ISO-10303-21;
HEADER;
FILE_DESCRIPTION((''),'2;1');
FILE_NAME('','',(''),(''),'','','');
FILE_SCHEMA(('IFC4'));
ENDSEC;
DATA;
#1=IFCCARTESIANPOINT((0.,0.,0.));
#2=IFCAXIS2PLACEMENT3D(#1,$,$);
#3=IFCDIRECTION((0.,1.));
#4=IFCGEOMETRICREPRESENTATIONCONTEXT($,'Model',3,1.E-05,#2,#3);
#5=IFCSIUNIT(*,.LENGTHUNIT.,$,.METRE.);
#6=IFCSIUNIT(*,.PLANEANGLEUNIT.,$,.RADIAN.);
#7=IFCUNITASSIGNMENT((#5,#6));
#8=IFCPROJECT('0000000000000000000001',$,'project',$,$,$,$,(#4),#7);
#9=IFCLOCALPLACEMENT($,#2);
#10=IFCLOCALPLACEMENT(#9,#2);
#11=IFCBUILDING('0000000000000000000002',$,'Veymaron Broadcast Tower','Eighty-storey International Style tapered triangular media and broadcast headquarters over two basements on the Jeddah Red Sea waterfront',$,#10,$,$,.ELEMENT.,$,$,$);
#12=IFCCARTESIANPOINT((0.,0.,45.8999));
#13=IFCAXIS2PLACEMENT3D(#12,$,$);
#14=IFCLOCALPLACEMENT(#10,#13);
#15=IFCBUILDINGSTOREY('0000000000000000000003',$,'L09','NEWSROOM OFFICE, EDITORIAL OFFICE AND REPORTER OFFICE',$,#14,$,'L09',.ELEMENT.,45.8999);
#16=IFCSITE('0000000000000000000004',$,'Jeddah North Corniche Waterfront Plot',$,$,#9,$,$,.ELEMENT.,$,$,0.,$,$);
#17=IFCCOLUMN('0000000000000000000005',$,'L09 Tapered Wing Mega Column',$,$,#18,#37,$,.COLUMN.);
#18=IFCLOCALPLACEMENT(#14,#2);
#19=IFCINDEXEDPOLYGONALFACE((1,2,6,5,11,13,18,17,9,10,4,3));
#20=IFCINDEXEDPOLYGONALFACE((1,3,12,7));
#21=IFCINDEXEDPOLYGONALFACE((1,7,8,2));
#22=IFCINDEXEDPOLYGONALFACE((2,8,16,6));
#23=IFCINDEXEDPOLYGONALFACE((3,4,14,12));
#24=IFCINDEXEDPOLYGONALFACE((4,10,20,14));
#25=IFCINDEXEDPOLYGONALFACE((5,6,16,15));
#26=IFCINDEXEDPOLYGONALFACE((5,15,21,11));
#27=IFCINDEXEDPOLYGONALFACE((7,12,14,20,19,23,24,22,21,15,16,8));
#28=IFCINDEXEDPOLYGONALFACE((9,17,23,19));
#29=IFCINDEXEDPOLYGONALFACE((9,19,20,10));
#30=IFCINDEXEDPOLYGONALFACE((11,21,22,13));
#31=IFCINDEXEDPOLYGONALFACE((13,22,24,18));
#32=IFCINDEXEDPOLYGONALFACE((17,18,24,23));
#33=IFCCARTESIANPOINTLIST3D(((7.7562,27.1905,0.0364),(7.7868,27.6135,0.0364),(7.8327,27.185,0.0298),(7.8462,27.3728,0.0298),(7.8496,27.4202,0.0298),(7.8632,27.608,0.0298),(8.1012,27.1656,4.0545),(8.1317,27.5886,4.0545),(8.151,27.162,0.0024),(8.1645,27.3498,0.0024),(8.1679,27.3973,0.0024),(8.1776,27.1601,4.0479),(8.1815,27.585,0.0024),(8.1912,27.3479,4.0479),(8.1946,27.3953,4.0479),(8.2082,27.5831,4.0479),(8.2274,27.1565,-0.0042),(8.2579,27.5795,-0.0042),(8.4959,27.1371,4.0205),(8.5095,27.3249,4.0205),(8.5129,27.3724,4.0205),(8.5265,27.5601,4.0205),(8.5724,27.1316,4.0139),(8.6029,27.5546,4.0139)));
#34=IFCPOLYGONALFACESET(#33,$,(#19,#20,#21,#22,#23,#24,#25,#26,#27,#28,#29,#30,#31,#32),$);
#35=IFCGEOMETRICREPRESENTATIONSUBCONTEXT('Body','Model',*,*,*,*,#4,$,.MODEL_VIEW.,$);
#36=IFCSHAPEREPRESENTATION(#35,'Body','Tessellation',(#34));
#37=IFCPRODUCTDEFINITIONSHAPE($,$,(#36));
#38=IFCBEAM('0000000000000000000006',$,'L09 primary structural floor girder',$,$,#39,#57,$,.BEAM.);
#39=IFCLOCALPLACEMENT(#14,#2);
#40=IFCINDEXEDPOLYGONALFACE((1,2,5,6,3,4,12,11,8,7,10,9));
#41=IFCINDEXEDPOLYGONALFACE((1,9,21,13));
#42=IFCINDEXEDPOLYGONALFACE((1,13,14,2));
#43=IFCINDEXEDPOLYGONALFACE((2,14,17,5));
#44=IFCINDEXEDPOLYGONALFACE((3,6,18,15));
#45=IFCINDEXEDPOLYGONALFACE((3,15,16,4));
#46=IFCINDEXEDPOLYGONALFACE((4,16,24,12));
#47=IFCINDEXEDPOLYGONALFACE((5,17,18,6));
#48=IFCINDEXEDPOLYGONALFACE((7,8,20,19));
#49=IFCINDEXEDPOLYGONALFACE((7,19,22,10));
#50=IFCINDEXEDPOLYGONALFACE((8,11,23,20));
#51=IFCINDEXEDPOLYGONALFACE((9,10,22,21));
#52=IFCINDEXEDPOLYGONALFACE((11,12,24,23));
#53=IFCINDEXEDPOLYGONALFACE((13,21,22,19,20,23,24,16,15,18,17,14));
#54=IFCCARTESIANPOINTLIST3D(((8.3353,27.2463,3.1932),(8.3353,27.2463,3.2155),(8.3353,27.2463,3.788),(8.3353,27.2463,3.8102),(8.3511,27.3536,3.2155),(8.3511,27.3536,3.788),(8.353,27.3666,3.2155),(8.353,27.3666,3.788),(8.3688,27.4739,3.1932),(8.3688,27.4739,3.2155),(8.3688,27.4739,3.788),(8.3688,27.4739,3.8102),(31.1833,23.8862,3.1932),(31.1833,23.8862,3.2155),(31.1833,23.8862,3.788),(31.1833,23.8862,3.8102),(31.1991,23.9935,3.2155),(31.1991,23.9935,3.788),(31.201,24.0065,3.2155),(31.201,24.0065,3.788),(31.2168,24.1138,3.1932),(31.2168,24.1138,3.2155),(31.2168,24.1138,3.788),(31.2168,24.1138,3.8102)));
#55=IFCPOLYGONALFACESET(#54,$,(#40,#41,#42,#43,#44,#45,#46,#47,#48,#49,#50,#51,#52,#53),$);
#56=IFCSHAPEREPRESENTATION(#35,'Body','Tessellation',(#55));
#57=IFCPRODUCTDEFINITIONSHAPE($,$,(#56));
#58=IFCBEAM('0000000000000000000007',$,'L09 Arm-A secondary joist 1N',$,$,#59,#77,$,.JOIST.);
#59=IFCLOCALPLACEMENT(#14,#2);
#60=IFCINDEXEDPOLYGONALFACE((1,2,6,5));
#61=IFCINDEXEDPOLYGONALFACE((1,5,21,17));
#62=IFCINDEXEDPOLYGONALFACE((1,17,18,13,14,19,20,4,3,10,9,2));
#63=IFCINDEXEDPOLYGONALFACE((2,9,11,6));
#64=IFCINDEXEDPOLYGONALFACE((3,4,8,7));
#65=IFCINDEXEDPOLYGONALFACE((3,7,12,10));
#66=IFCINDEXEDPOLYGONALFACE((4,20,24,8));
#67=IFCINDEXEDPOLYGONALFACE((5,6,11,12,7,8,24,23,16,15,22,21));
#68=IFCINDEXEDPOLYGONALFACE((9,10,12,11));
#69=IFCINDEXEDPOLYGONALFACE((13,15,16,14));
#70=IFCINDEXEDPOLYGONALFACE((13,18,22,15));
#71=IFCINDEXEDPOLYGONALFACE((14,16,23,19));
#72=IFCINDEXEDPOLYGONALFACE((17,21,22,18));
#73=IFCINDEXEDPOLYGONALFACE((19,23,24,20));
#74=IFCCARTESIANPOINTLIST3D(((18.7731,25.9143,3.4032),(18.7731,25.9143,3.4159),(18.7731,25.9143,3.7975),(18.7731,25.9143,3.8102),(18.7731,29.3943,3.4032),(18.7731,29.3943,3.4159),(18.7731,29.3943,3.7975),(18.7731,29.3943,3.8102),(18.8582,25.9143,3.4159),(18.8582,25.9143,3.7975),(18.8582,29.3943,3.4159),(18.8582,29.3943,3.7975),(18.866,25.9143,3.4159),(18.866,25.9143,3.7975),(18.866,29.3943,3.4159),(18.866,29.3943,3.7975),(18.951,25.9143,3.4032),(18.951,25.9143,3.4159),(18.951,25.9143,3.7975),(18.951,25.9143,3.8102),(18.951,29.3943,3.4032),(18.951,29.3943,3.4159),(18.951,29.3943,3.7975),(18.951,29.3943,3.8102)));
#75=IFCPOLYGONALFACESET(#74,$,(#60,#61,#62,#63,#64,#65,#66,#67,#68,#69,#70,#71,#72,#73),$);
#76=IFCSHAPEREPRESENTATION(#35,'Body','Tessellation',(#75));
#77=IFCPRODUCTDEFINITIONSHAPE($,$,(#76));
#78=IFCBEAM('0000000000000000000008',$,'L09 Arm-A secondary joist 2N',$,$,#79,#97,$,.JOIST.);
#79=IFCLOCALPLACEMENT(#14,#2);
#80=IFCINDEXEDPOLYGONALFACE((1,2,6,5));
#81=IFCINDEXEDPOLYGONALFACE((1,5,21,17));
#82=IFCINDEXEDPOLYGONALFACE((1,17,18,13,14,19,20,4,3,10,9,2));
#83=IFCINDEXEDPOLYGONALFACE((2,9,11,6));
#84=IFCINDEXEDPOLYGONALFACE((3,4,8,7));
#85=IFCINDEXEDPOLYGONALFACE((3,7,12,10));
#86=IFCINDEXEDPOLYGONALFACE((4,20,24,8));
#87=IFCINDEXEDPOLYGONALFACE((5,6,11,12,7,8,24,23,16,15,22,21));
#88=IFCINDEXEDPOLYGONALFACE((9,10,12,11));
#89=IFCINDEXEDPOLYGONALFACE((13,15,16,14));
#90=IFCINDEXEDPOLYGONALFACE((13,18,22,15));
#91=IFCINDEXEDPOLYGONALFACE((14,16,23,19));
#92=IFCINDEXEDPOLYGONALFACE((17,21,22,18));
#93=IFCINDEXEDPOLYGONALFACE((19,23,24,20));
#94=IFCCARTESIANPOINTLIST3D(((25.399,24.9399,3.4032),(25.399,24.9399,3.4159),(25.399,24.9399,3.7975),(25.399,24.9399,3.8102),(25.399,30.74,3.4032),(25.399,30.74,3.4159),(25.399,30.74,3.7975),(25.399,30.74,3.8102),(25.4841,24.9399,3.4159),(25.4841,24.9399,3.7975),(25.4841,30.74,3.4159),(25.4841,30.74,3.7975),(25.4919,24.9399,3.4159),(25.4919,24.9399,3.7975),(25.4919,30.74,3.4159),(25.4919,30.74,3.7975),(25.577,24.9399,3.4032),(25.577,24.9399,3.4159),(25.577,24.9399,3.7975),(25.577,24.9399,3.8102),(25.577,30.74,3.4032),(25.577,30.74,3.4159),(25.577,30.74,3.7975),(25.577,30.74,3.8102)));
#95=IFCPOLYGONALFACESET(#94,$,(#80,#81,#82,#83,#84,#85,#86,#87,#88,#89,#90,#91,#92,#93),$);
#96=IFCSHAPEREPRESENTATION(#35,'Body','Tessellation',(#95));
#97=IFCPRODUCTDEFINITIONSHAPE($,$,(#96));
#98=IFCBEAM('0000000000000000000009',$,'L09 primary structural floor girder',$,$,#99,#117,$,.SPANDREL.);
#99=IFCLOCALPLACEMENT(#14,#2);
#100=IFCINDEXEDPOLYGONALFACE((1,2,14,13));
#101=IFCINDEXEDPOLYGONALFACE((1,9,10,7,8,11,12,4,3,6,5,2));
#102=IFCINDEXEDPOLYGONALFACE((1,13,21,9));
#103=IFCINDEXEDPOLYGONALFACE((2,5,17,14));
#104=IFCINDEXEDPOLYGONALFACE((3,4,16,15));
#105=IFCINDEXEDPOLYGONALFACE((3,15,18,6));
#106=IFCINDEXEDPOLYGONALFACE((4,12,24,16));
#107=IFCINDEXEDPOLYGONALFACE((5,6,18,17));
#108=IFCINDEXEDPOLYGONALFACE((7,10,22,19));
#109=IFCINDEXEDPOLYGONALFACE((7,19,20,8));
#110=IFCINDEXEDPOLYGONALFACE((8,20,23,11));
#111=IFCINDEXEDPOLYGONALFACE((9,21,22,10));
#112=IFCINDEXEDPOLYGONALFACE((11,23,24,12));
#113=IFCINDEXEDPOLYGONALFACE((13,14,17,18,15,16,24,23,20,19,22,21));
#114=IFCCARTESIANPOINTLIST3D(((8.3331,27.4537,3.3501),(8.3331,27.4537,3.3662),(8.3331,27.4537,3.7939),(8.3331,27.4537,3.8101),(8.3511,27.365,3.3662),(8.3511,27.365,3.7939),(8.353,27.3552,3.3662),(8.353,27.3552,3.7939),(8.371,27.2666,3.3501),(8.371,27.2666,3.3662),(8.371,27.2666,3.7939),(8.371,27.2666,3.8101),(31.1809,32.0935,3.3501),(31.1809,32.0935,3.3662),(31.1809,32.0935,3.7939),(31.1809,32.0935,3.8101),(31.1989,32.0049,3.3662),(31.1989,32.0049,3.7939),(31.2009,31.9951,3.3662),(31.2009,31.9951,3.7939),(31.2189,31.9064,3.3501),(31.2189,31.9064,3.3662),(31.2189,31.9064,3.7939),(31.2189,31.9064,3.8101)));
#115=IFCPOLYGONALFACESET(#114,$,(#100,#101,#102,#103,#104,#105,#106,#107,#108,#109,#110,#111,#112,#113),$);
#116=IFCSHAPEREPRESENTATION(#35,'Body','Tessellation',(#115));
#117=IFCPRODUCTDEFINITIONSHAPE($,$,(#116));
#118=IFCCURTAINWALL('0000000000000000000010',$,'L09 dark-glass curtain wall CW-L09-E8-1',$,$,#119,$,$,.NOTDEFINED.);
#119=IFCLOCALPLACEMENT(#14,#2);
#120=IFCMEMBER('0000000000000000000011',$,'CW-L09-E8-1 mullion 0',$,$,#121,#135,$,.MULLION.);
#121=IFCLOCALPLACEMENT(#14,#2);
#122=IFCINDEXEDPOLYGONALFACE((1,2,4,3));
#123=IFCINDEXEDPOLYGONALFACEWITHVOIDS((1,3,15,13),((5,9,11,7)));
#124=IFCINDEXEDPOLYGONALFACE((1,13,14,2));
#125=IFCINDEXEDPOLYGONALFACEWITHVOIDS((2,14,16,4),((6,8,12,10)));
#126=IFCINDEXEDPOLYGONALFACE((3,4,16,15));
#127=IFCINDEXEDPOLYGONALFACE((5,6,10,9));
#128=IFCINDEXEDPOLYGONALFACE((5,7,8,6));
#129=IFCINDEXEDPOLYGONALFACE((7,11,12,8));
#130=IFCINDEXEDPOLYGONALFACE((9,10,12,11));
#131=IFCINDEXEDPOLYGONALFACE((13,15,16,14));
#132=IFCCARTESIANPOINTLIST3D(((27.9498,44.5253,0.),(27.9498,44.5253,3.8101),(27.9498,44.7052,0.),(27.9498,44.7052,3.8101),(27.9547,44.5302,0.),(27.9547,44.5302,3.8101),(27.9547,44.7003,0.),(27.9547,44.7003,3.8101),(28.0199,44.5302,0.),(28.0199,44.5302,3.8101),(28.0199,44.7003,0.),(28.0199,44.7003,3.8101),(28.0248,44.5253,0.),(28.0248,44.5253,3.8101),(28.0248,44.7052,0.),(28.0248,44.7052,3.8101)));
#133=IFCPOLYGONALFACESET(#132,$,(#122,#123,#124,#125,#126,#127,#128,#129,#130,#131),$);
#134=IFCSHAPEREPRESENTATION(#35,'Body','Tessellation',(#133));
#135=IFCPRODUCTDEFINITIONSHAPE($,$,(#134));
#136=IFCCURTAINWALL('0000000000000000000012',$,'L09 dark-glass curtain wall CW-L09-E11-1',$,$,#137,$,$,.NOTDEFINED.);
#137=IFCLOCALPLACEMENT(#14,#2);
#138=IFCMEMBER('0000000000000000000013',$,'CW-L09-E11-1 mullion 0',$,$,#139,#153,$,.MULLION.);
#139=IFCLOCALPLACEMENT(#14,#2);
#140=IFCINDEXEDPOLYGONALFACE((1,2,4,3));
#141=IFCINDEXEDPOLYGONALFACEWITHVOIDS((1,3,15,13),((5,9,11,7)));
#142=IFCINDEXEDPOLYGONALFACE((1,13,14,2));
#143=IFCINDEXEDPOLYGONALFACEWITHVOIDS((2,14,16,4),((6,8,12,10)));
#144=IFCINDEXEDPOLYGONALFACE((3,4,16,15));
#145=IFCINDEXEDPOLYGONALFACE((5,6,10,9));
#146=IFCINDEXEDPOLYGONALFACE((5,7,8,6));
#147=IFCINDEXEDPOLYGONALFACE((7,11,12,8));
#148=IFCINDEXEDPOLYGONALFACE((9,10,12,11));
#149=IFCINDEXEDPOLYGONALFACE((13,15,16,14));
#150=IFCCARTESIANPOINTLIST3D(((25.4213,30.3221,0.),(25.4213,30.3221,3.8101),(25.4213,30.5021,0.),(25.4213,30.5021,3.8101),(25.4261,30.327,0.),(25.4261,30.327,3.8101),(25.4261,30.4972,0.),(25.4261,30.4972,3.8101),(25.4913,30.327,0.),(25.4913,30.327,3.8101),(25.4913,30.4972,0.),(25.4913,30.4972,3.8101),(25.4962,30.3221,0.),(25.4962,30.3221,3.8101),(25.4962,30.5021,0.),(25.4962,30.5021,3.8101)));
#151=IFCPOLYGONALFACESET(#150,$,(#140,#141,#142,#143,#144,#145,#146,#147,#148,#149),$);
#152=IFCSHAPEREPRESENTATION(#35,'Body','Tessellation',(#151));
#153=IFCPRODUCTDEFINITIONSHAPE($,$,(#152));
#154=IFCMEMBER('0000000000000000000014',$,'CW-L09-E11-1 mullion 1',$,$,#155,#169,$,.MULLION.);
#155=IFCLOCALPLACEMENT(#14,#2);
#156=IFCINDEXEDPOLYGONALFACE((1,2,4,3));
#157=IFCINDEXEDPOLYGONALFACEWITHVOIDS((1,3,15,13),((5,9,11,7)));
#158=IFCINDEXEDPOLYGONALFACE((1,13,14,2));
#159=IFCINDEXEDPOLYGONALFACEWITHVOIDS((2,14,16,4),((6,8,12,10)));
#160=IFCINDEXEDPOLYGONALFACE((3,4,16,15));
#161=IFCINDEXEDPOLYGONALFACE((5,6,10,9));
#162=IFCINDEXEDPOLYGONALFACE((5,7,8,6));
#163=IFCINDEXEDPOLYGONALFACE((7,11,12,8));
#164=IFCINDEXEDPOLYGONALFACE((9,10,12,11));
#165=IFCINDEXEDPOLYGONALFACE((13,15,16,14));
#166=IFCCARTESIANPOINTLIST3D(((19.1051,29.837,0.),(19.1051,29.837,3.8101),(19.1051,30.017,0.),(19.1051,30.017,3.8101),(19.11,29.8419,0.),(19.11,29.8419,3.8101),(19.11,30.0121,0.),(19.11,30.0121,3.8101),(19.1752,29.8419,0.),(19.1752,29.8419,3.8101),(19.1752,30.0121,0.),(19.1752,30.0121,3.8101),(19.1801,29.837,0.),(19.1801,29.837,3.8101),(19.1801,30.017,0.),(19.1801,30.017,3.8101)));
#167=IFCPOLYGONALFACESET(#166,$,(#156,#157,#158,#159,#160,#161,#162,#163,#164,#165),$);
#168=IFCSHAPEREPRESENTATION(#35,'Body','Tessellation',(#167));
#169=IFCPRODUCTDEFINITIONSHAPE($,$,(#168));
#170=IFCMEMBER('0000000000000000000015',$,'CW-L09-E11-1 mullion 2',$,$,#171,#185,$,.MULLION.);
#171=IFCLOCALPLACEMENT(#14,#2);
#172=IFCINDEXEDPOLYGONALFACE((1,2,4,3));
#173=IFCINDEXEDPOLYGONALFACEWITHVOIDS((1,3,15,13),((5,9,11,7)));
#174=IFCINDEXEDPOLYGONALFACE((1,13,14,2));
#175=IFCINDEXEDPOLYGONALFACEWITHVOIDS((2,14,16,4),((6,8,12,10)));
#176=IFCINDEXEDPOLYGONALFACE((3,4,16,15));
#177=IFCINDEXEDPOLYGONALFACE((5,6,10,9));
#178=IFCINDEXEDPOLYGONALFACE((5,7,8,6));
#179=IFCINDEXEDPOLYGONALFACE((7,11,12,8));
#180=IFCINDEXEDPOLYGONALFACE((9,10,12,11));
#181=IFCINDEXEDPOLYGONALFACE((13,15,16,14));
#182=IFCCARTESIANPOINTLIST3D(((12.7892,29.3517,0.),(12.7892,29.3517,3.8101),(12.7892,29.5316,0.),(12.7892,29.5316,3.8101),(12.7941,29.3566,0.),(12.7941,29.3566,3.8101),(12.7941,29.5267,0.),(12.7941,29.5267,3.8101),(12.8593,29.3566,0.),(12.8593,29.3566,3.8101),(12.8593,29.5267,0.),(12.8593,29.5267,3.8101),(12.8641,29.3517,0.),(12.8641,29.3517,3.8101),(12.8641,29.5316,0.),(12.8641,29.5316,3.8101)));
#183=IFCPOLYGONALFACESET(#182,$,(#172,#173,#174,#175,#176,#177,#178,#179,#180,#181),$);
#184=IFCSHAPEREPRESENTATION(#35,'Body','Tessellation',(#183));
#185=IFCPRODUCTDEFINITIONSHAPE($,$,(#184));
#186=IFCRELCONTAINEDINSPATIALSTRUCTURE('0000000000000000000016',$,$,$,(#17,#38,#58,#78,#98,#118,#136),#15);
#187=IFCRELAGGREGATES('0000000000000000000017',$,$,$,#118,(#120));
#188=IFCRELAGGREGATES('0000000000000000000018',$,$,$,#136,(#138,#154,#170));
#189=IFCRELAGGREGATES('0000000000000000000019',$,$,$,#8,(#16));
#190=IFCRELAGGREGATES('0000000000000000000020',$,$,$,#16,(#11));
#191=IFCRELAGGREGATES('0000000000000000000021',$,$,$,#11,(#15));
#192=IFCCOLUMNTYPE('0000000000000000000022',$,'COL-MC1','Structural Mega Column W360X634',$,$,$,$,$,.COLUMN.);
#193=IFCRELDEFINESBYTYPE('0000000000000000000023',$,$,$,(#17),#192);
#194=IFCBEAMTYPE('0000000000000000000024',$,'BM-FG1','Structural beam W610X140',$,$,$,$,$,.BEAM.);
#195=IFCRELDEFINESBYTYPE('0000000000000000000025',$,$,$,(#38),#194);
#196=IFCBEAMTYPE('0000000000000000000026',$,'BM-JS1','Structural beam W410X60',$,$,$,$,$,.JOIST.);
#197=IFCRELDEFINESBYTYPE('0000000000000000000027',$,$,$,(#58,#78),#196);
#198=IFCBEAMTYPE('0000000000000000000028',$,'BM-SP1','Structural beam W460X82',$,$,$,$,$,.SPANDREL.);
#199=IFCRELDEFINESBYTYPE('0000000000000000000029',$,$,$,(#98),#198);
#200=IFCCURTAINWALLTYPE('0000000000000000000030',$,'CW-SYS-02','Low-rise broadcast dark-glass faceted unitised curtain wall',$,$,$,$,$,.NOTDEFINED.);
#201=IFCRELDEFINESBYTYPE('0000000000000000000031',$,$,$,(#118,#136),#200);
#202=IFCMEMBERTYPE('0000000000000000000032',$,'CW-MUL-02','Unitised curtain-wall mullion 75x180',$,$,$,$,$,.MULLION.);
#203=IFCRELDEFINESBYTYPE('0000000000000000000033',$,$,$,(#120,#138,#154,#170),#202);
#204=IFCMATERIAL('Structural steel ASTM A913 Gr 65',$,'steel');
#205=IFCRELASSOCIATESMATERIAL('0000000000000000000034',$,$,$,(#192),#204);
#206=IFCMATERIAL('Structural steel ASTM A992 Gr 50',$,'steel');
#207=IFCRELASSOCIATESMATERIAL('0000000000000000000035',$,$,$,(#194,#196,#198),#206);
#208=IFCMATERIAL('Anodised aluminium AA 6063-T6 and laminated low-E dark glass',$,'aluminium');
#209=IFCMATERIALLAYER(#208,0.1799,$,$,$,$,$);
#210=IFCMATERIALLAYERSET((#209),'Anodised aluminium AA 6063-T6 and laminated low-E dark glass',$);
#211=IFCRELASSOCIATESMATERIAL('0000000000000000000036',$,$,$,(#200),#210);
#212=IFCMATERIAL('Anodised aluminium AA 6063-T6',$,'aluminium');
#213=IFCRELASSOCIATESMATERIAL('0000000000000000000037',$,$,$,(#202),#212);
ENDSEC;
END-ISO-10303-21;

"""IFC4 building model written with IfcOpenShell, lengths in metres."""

from ifc_helpers import new_model, si_unit, direction, frame, origin, origin_2d, place, context, subcontext, project, spatial, hollow_rectangle, i_section, extrude, material, layer, layer_set, material_profile, profile_set, type_object, element, aggregate, save


model = new_model("IFC4")

# Units and contexts
model_context = context("Model", 3, precision=1e-05, world=origin(), true_north=direction((0.0, 1.0)))
body_context = subcontext(model_context, "Body", "Model", "MODEL_VIEW")
ifc_project = project(units=[si_unit("LENGTHUNIT", "METRE"), si_unit("PLANEANGLEUNIT", "RADIAN")], contexts=[model_context])

# Site, building, storey
site_placement = place(None, origin())
site = spatial("IfcSite", under=ifc_project, at=site_placement, Name="Jeddah North Corniche Waterfront Plot", CompositionType="ELEMENT", RefElevation=0.0)
building_placement = place(site_placement, origin())
building = spatial("IfcBuilding", under=site, at=building_placement, Name="Veymaron Broadcast Tower", Description="Eighty-storey International Style tapered triangular media and broadcast headquarters over two basements on the Jeddah Red Sea waterfront", CompositionType="ELEMENT")
storey_placement = place(building_placement, frame((0.0, 0.0, 45.8999)))
storey = spatial("IfcBuildingStorey", under=building, at=storey_placement, Name="L09", Description="NEWSROOM OFFICE, EDITORIAL OFFICE AND REPORTER OFFICE", LongName="L09", CompositionType="ELEMENT", Elevation=45.8999)

# Column
ifc_material_1 = material(Name="Structural steel ASTM A913 Gr 65", Category="steel")
ifc_material_profile_1 = material_profile(ifc_material_1, i_section(OverallWidth=0.4241, OverallDepth=0.4741, WebThickness=0.0476, FlangeThickness=0.0769, at=origin_2d()), Name="W360X634")
ifc_profile_set_1 = profile_set([ifc_material_profile_1], Name="Structural steel ASTM A913 Gr 65")
column_type = type_object("IfcColumnType", Name="COL-MC1", Description="Structural Mega Column W360X634", PredefinedType="COLUMN", material=ifc_profile_set_1)
column_placement = place(storey_placement, frame((8.0071, 27.385, 0.0161), z_axis=(0.085539, -0.006175, 0.996316), x_axis=(0.071999, 0.997405, 0.0)))
element("IfcColumn", 1, at=column_placement, inside=storey, type_object=column_type, Name="L09 Tapered Wing Mega Column", PredefinedType="COLUMN", context=body_context, shape_type="SweptSolid", body=[
    extrude(i_section(OverallWidth=0.4241, OverallDepth=0.4741, WebThickness=0.0476, FlangeThickness=0.0769, at=origin_2d()), origin(), (0.0, 0.0, 1.0), 4.033),
])

# Beams
ifc_material_2 = material(Name="Structural steel ASTM A992 Gr 50", Category="steel")
ifc_material_profile_2 = material_profile(ifc_material_2, i_section(OverallWidth=0.23, OverallDepth=0.6169, WebThickness=0.0132, FlangeThickness=0.0222, at=origin_2d()), Name="W610X140")
ifc_profile_set_2 = profile_set([ifc_material_profile_2], Name="Structural steel ASTM A992 Gr 50")
beam_type_1 = type_object("IfcBeamType", Name="BM-FG1", Description="Structural beam W610X140", PredefinedType="BEAM", material=ifc_profile_set_2)
beam_1_placement = place(storey_placement, frame((8.3521, 27.3601, 3.5017), z_axis=(0.989358, -0.145499, 0.0), x_axis=(0.145499, 0.989358, 0.0)))
element("IfcBeam", 2, at=beam_1_placement, inside=storey, type_object=beam_type_1, Name="L09 primary structural floor girder", PredefinedType="BEAM", context=body_context, shape_type="SweptSolid", body=[
    extrude(i_section(OverallWidth=0.23, OverallDepth=0.6169, WebThickness=0.0132, FlangeThickness=0.0222, at=origin_2d()), origin(), (0.0, 0.0, 1.0), 23.0938),
])
ifc_material_profile_3 = material_profile(ifc_material_2, i_section(OverallWidth=0.178, OverallDepth=0.407, WebThickness=0.0078, FlangeThickness=0.0127, at=origin_2d()), Name="W410X60")
ifc_profile_set_3 = profile_set([ifc_material_profile_3], Name="Structural steel ASTM A992 Gr 50")
beam_type_2 = type_object("IfcBeamType", Name="BM-JS1", Description="Structural beam W410X60", PredefinedType="JOIST", material=ifc_profile_set_3)
beam_2_placement = place(storey_placement, frame((18.8621, 25.9143, 3.6067), z_axis=(0.0, 1.0, 0.0), x_axis=(-1.0, 0.0, 0.0)))
element("IfcBeam", 3, at=beam_2_placement, inside=storey, type_object=beam_type_2, Name="L09 Arm-A secondary joist 1N", PredefinedType="JOIST", context=body_context, shape_type="SweptSolid", body=[
    extrude(i_section(OverallWidth=0.178, OverallDepth=0.407, WebThickness=0.0078, FlangeThickness=0.0127, at=origin_2d()), origin(), (0.0, 0.0, 1.0), 3.48),
])
beam_3_placement = place(storey_placement, frame((25.488, 24.9399, 3.6067), z_axis=(0.0, 1.0, 0.0), x_axis=(-1.0, 0.0, 0.0)))
element("IfcBeam", 4, at=beam_3_placement, inside=storey, type_object=beam_type_2, Name="L09 Arm-A secondary joist 2N", PredefinedType="JOIST", context=body_context, shape_type="SweptSolid", body=[
    extrude(i_section(OverallWidth=0.178, OverallDepth=0.407, WebThickness=0.0078, FlangeThickness=0.0127, at=origin_2d()), origin(), (0.0, 0.0, 1.0), 5.8),
])
ifc_material_profile_4 = material_profile(ifc_material_2, i_section(OverallWidth=0.1909, OverallDepth=0.46, WebThickness=0.01, FlangeThickness=0.0161, at=origin_2d()), Name="W460X82")
ifc_profile_set_4 = profile_set([ifc_material_profile_4], Name="Structural steel ASTM A992 Gr 50")
beam_type_3 = type_object("IfcBeamType", Name="BM-SP1", Description="Structural beam W460X82", PredefinedType="SPANDREL", material=ifc_profile_set_4)
beam_4_placement = place(storey_placement, frame((8.3521, 27.3601, 3.5801), z_axis=(0.979996, 0.199015, 0.0), x_axis=(-0.199015, 0.979996, 0.0)))
element("IfcBeam", 5, at=beam_4_placement, inside=storey, type_object=beam_type_3, Name="L09 primary structural floor girder", PredefinedType="SPANDREL", context=body_context, shape_type="SweptSolid", body=[
    extrude(i_section(OverallWidth=0.1909, OverallDepth=0.46, WebThickness=0.01, FlangeThickness=0.0161, at=origin_2d()), origin(), (0.0, 0.0, 1.0), 23.3142),
])

# Curtain wall, member
ifc_material_3 = material(Name="Anodised aluminium AA 6063-T6 and laminated low-E dark glass", Category="aluminium")
ifc_layer_1 = layer(ifc_material_3, 0.1799)
ifc_layer_set_1 = layer_set([ifc_layer_1], Name="Anodised aluminium AA 6063-T6 and laminated low-E dark glass")
curtain_wall_type = type_object("IfcCurtainWallType", Name="CW-SYS-02", Description="Low-rise broadcast dark-glass faceted unitised curtain wall", PredefinedType="NOTDEFINED", material=ifc_layer_set_1)
curtain_wall_1_placement = place(storey_placement, origin())
curtain_wall_1 = element("IfcCurtainWall", 6, at=curtain_wall_1_placement, inside=storey, type_object=curtain_wall_type, Name="L09 dark-glass curtain wall CW-L09-E8-1", PredefinedType="NOTDEFINED")
ifc_material_4 = material(Name="Anodised aluminium AA 6063-T6", Category="aluminium")
ifc_material_profile_5 = material_profile(ifc_material_4, hollow_rectangle(XDim=0.075, YDim=0.1799, WallThickness=0.0049, at=origin_2d()), Name="AL180X75X5")
ifc_profile_set_5 = profile_set([ifc_material_profile_5], Name="Anodised aluminium AA 6063-T6")
member_type_1 = type_object("IfcMemberType", Name="CW-MUL-02", Description="Unitised curtain-wall mullion 75x180", PredefinedType="MULLION", material=ifc_profile_set_5)
member_1_placement = place(storey_placement, frame((27.9873, 44.6152, 0.0), z_axis=(0.0, 0.0, 1.0), x_axis=(1.0, 0.0, 0.0)))
member_1 = element("IfcMember", 7, at=member_1_placement, type_object=member_type_1, Name="CW-L09-E8-1 mullion 0", PredefinedType="MULLION", context=body_context, shape_type="SweptSolid", body=[
    extrude(hollow_rectangle(XDim=0.075, YDim=0.1799, WallThickness=0.0049, at=origin_2d()), origin(), (0.0, 0.0, 1.0), 3.8101),
])

# Curtain wall, members
curtain_wall_2_placement = place(storey_placement, origin())
curtain_wall_2 = element("IfcCurtainWall", 8, at=curtain_wall_2_placement, inside=storey, type_object=curtain_wall_type, Name="L09 dark-glass curtain wall CW-L09-E11-1", PredefinedType="NOTDEFINED")
member_2_placement = place(storey_placement, frame((25.4587, 30.4121, 0.0), z_axis=(0.0, 0.0, 1.0), x_axis=(1.0, 0.0, 0.0)))
member_2 = element("IfcMember", 9, at=member_2_placement, type_object=member_type_1, Name="CW-L09-E11-1 mullion 0", PredefinedType="MULLION", context=body_context, shape_type="SweptSolid", body=[
    extrude(hollow_rectangle(XDim=0.075, YDim=0.1799, WallThickness=0.0049, at=origin_2d()), origin(), (0.0, 0.0, 1.0), 3.8101),
])
member_3_placement = place(storey_placement, frame((19.1426, 29.927, 0.0), z_axis=(0.0, 0.0, 1.0), x_axis=(1.0, 0.0, 0.0)))
member_3 = element("IfcMember", 10, at=member_3_placement, type_object=member_type_1, Name="CW-L09-E11-1 mullion 1", PredefinedType="MULLION", context=body_context, shape_type="SweptSolid", body=[
    extrude(hollow_rectangle(XDim=0.075, YDim=0.1799, WallThickness=0.0049, at=origin_2d()), origin(), (0.0, 0.0, 1.0), 3.8101),
])
member_4_placement = place(storey_placement, frame((12.8267, 29.4417, 0.0), z_axis=(0.0, 0.0, 1.0), x_axis=(1.0, 0.0, 0.0)))
member_4 = element("IfcMember", 11, at=member_4_placement, type_object=member_type_1, Name="CW-L09-E11-1 mullion 2", PredefinedType="MULLION", context=body_context, shape_type="SweptSolid", body=[
    extrude(hollow_rectangle(XDim=0.075, YDim=0.1799, WallThickness=0.0049, at=origin_2d()), origin(), (0.0, 0.0, 1.0), 3.8101),
])

aggregate(curtain_wall_1, [member_1])

aggregate(curtain_wall_2, [member_2, member_3, member_4])

save(model, "model.ifc")
